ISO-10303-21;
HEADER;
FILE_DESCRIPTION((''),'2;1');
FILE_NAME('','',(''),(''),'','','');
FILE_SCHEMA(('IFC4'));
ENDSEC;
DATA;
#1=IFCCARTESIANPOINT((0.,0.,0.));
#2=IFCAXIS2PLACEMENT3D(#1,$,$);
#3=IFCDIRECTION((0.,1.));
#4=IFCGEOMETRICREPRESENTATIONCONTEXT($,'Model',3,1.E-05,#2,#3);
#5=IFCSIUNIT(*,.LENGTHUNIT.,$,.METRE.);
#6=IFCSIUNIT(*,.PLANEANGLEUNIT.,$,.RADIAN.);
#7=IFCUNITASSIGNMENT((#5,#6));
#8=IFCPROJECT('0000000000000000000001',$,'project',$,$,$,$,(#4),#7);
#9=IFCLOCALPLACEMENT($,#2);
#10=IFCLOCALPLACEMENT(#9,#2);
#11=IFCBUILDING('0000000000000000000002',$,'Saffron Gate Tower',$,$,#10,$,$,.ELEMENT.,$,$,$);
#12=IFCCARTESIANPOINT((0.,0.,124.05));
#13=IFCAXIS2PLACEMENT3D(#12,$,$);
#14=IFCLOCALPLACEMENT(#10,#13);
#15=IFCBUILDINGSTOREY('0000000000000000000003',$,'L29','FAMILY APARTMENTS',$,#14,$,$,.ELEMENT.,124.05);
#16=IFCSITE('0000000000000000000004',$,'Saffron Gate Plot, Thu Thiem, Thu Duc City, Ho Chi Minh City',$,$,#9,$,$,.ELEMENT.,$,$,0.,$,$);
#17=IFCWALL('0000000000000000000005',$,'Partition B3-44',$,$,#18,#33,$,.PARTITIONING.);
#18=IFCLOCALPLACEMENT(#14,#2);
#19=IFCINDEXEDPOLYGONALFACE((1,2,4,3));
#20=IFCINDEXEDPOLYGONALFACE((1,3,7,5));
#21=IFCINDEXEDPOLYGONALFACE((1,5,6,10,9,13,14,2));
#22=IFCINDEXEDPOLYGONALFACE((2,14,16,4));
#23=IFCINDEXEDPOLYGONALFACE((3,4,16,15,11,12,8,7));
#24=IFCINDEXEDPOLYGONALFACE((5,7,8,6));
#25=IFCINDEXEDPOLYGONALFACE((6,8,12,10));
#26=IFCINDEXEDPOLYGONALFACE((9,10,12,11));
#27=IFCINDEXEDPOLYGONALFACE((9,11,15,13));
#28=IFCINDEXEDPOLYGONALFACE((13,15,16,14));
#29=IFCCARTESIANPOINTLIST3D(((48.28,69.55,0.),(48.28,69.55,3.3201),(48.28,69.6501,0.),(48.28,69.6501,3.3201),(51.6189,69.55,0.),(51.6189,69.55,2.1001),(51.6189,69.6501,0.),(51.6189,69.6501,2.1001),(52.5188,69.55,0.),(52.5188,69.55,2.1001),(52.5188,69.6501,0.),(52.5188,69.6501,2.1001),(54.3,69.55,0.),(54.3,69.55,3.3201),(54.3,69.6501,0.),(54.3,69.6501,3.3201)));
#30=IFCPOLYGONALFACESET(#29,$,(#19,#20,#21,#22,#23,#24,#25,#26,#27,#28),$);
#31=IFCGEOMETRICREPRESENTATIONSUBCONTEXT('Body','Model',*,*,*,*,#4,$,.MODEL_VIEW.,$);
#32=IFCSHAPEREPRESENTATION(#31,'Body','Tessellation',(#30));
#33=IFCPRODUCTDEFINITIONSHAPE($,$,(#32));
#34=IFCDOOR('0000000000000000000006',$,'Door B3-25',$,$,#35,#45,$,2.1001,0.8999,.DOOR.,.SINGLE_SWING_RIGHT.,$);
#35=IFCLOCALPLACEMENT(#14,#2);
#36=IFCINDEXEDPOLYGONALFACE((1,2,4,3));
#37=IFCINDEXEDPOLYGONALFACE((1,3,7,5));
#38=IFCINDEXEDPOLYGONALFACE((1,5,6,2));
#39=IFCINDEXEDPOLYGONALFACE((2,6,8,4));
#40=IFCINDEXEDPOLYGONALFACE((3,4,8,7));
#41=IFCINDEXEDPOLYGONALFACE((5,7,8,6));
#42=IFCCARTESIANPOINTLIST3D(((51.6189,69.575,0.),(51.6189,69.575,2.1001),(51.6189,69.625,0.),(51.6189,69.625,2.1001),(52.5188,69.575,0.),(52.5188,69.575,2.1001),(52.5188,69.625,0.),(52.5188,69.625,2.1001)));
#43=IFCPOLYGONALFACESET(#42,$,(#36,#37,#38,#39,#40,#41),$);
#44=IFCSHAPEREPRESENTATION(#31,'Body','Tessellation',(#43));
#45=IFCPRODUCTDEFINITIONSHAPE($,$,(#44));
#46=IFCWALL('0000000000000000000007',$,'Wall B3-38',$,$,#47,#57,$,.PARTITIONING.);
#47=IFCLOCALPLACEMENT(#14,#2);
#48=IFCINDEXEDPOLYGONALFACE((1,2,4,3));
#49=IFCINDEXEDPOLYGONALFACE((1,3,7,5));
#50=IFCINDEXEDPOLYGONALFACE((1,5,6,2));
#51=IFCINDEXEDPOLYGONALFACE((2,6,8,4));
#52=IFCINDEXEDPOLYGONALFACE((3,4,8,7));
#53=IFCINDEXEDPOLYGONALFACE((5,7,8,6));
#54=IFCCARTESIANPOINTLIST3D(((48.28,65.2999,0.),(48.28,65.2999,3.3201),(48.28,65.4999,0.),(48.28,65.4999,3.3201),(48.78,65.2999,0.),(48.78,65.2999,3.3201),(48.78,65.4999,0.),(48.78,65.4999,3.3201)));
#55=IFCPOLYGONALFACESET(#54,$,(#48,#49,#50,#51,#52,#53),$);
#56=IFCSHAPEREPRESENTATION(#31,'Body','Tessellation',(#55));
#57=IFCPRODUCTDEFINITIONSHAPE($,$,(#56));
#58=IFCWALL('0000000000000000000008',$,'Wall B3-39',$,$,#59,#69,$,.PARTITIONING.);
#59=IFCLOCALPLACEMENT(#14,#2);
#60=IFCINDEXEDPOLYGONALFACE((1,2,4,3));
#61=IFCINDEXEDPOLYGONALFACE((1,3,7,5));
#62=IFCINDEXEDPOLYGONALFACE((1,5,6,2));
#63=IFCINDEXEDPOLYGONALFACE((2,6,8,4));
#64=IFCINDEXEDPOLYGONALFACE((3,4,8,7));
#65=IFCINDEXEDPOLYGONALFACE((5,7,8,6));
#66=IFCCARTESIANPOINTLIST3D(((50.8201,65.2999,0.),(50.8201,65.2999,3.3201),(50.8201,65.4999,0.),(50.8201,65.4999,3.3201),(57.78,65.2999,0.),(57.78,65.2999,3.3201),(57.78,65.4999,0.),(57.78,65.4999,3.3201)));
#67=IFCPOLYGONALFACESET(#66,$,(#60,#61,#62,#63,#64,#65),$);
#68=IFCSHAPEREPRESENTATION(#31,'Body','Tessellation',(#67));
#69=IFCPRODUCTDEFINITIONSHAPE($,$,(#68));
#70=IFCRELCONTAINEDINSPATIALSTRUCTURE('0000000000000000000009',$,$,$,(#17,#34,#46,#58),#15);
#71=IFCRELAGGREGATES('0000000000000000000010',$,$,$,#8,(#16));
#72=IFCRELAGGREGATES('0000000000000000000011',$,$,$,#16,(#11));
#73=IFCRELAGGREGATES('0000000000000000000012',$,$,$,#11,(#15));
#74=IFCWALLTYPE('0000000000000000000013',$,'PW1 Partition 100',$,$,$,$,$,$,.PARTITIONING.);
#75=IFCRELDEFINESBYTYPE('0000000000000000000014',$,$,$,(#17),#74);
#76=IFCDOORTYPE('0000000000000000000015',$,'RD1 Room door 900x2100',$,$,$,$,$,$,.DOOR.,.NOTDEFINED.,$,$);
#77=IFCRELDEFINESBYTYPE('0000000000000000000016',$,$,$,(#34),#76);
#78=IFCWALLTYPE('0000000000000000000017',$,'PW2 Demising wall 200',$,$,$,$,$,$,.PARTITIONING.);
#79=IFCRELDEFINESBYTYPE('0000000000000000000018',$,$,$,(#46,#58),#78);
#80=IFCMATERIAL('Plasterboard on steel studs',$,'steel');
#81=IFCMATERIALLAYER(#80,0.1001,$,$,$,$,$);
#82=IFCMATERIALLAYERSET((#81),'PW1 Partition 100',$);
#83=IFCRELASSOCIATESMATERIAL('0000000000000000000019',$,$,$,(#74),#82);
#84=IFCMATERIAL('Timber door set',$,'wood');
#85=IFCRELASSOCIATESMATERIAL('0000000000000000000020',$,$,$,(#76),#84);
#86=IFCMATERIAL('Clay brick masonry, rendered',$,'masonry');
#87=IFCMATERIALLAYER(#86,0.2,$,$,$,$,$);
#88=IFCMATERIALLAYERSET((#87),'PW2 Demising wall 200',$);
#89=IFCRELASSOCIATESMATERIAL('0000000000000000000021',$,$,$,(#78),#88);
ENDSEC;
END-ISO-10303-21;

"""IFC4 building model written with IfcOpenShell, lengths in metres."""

from ifc_helpers import new_model, si_unit, direction, frame, frame_2d, origin, place, context, subcontext, project, spatial, rectangle, extrude, material, layer, layer_set, type_object, element, fill, save


model = new_model("IFC4")

# Units and contexts
model_context = context("Model", 3, precision=1e-05, world=origin(), true_north=direction((0.0, 1.0)))
body_context = subcontext(model_context, "Body", "Model", "MODEL_VIEW")
ifc_project = project(units=[si_unit("LENGTHUNIT", "METRE"), si_unit("PLANEANGLEUNIT", "RADIAN")], contexts=[model_context])

# Site, building, storey
site_placement = place(None, origin())
site = spatial("IfcSite", under=ifc_project, at=site_placement, Name="Saffron Gate Plot, Thu Thiem, Thu Duc City, Ho Chi Minh City", CompositionType="ELEMENT", RefElevation=0.0)
building_placement = place(site_placement, origin())
building = spatial("IfcBuilding", under=site, at=building_placement, Name="Saffron Gate Tower", CompositionType="ELEMENT")
storey_placement = place(building_placement, frame((0.0, 0.0, 124.05)))
storey = spatial("IfcBuildingStorey", under=building, at=storey_placement, Name="L29", Description="FAMILY APARTMENTS", CompositionType="ELEMENT", Elevation=124.05)

# Wall, opening, door
ifc_material_1 = material(Name="Plasterboard on steel studs", Category="steel")
ifc_layer_1 = layer(ifc_material_1, 0.1001)
ifc_layer_set_1 = layer_set([ifc_layer_1], Name="PW1 Partition 100")
wall_type_1 = type_object("IfcWallType", Name="PW1 Partition 100", PredefinedType="PARTITIONING", material=ifc_layer_set_1)
wall_1_placement = place(storey_placement, frame((48.28, 69.6001, 0.0), z_axis=(0.0, 0.0, 1.0), x_axis=(1.0, 0.0, 0.0)))
wall_1 = element("IfcWall", 1, at=wall_1_placement, inside=storey, type_object=wall_type_1, Name="Partition B3-44", PredefinedType="PARTITIONING", context=body_context, shape_type="SweptSolid", body=[
    extrude(rectangle(XDim=6.02, YDim=0.1001, at=frame_2d((3.01, 0.0))), origin(), (0.0, 0.0, 1.0), 3.3201),
])
opening_1_placement = place(wall_1_placement, frame((3.3389, 0.0, 0.0)))
opening_1 = element("IfcOpeningElement", 2, at=opening_1_placement, cuts=wall_1, PredefinedType="OPENING", context=body_context, shape_type="SweptSolid", body=[
    extrude(rectangle(XDim=0.8999, YDim=2.1001, at=frame_2d((0.45, 1.05))), frame((0.0, 0.0601, 0.0), z_axis=(0.0, -1.0, 0.0), x_axis=(1.0, 0.0, 0.0)), (0.0, 0.0, 1.0), 0.1201),
])
ifc_material_2 = material(Name="Timber door set", Category="wood")
door_type = type_object("IfcDoorType", Name="RD1 Room door 900x2100", OperationType="NOTDEFINED", PredefinedType="DOOR", material=ifc_material_2)
door_placement = place(opening_1_placement, origin())
door = element("IfcDoor", 3, at=door_placement, inside=storey, type_object=door_type, Name="Door B3-25", OperationType="SINGLE_SWING_RIGHT", OverallHeight=2.1001, OverallWidth=0.8999, PredefinedType="DOOR", context=body_context, shape_type="SweptSolid", body=[
    extrude(rectangle(XDim=0.8999, YDim=2.1001, at=frame_2d((0.45, 1.05))), frame((0.0, 0.0249, 0.0), z_axis=(0.0, -1.0, 0.0), x_axis=(1.0, 0.0, 0.0)), (0.0, 0.0, 1.0), 0.05),
])
fill(opening_1, door)

# Walls
ifc_material_3 = material(Name="Clay brick masonry, rendered", Category="masonry")
ifc_layer_2 = layer(ifc_material_3, 0.2)
ifc_layer_set_2 = layer_set([ifc_layer_2], Name="PW2 Demising wall 200")
wall_type_2 = type_object("IfcWallType", Name="PW2 Demising wall 200", PredefinedType="PARTITIONING", material=ifc_layer_set_2)
wall_2_placement = place(storey_placement, frame((48.28, 65.3999, 0.0), z_axis=(0.0, 0.0, 1.0), x_axis=(1.0, 0.0, 0.0)))
element("IfcWall", 4, at=wall_2_placement, inside=storey, type_object=wall_type_2, Name="Wall B3-38", PredefinedType="PARTITIONING", context=body_context, shape_type="SweptSolid", body=[
    extrude(rectangle(XDim=0.5, YDim=0.2, at=frame_2d((0.25, 0.0))), origin(), (0.0, 0.0, 1.0), 3.3201),
])
wall_3_placement = place(storey_placement, frame((50.8201, 65.3999, 0.0), z_axis=(0.0, 0.0, 1.0), x_axis=(1.0, 0.0, 0.0)))
element("IfcWall", 5, at=wall_3_placement, inside=storey, type_object=wall_type_2, Name="Wall B3-39", PredefinedType="PARTITIONING", context=body_context, shape_type="SweptSolid", body=[
    extrude(rectangle(XDim=6.96, YDim=0.2, at=frame_2d((3.48, 0.0))), origin(), (0.0, 0.0, 1.0), 3.3201),
])

save(model, "model.ifc")
